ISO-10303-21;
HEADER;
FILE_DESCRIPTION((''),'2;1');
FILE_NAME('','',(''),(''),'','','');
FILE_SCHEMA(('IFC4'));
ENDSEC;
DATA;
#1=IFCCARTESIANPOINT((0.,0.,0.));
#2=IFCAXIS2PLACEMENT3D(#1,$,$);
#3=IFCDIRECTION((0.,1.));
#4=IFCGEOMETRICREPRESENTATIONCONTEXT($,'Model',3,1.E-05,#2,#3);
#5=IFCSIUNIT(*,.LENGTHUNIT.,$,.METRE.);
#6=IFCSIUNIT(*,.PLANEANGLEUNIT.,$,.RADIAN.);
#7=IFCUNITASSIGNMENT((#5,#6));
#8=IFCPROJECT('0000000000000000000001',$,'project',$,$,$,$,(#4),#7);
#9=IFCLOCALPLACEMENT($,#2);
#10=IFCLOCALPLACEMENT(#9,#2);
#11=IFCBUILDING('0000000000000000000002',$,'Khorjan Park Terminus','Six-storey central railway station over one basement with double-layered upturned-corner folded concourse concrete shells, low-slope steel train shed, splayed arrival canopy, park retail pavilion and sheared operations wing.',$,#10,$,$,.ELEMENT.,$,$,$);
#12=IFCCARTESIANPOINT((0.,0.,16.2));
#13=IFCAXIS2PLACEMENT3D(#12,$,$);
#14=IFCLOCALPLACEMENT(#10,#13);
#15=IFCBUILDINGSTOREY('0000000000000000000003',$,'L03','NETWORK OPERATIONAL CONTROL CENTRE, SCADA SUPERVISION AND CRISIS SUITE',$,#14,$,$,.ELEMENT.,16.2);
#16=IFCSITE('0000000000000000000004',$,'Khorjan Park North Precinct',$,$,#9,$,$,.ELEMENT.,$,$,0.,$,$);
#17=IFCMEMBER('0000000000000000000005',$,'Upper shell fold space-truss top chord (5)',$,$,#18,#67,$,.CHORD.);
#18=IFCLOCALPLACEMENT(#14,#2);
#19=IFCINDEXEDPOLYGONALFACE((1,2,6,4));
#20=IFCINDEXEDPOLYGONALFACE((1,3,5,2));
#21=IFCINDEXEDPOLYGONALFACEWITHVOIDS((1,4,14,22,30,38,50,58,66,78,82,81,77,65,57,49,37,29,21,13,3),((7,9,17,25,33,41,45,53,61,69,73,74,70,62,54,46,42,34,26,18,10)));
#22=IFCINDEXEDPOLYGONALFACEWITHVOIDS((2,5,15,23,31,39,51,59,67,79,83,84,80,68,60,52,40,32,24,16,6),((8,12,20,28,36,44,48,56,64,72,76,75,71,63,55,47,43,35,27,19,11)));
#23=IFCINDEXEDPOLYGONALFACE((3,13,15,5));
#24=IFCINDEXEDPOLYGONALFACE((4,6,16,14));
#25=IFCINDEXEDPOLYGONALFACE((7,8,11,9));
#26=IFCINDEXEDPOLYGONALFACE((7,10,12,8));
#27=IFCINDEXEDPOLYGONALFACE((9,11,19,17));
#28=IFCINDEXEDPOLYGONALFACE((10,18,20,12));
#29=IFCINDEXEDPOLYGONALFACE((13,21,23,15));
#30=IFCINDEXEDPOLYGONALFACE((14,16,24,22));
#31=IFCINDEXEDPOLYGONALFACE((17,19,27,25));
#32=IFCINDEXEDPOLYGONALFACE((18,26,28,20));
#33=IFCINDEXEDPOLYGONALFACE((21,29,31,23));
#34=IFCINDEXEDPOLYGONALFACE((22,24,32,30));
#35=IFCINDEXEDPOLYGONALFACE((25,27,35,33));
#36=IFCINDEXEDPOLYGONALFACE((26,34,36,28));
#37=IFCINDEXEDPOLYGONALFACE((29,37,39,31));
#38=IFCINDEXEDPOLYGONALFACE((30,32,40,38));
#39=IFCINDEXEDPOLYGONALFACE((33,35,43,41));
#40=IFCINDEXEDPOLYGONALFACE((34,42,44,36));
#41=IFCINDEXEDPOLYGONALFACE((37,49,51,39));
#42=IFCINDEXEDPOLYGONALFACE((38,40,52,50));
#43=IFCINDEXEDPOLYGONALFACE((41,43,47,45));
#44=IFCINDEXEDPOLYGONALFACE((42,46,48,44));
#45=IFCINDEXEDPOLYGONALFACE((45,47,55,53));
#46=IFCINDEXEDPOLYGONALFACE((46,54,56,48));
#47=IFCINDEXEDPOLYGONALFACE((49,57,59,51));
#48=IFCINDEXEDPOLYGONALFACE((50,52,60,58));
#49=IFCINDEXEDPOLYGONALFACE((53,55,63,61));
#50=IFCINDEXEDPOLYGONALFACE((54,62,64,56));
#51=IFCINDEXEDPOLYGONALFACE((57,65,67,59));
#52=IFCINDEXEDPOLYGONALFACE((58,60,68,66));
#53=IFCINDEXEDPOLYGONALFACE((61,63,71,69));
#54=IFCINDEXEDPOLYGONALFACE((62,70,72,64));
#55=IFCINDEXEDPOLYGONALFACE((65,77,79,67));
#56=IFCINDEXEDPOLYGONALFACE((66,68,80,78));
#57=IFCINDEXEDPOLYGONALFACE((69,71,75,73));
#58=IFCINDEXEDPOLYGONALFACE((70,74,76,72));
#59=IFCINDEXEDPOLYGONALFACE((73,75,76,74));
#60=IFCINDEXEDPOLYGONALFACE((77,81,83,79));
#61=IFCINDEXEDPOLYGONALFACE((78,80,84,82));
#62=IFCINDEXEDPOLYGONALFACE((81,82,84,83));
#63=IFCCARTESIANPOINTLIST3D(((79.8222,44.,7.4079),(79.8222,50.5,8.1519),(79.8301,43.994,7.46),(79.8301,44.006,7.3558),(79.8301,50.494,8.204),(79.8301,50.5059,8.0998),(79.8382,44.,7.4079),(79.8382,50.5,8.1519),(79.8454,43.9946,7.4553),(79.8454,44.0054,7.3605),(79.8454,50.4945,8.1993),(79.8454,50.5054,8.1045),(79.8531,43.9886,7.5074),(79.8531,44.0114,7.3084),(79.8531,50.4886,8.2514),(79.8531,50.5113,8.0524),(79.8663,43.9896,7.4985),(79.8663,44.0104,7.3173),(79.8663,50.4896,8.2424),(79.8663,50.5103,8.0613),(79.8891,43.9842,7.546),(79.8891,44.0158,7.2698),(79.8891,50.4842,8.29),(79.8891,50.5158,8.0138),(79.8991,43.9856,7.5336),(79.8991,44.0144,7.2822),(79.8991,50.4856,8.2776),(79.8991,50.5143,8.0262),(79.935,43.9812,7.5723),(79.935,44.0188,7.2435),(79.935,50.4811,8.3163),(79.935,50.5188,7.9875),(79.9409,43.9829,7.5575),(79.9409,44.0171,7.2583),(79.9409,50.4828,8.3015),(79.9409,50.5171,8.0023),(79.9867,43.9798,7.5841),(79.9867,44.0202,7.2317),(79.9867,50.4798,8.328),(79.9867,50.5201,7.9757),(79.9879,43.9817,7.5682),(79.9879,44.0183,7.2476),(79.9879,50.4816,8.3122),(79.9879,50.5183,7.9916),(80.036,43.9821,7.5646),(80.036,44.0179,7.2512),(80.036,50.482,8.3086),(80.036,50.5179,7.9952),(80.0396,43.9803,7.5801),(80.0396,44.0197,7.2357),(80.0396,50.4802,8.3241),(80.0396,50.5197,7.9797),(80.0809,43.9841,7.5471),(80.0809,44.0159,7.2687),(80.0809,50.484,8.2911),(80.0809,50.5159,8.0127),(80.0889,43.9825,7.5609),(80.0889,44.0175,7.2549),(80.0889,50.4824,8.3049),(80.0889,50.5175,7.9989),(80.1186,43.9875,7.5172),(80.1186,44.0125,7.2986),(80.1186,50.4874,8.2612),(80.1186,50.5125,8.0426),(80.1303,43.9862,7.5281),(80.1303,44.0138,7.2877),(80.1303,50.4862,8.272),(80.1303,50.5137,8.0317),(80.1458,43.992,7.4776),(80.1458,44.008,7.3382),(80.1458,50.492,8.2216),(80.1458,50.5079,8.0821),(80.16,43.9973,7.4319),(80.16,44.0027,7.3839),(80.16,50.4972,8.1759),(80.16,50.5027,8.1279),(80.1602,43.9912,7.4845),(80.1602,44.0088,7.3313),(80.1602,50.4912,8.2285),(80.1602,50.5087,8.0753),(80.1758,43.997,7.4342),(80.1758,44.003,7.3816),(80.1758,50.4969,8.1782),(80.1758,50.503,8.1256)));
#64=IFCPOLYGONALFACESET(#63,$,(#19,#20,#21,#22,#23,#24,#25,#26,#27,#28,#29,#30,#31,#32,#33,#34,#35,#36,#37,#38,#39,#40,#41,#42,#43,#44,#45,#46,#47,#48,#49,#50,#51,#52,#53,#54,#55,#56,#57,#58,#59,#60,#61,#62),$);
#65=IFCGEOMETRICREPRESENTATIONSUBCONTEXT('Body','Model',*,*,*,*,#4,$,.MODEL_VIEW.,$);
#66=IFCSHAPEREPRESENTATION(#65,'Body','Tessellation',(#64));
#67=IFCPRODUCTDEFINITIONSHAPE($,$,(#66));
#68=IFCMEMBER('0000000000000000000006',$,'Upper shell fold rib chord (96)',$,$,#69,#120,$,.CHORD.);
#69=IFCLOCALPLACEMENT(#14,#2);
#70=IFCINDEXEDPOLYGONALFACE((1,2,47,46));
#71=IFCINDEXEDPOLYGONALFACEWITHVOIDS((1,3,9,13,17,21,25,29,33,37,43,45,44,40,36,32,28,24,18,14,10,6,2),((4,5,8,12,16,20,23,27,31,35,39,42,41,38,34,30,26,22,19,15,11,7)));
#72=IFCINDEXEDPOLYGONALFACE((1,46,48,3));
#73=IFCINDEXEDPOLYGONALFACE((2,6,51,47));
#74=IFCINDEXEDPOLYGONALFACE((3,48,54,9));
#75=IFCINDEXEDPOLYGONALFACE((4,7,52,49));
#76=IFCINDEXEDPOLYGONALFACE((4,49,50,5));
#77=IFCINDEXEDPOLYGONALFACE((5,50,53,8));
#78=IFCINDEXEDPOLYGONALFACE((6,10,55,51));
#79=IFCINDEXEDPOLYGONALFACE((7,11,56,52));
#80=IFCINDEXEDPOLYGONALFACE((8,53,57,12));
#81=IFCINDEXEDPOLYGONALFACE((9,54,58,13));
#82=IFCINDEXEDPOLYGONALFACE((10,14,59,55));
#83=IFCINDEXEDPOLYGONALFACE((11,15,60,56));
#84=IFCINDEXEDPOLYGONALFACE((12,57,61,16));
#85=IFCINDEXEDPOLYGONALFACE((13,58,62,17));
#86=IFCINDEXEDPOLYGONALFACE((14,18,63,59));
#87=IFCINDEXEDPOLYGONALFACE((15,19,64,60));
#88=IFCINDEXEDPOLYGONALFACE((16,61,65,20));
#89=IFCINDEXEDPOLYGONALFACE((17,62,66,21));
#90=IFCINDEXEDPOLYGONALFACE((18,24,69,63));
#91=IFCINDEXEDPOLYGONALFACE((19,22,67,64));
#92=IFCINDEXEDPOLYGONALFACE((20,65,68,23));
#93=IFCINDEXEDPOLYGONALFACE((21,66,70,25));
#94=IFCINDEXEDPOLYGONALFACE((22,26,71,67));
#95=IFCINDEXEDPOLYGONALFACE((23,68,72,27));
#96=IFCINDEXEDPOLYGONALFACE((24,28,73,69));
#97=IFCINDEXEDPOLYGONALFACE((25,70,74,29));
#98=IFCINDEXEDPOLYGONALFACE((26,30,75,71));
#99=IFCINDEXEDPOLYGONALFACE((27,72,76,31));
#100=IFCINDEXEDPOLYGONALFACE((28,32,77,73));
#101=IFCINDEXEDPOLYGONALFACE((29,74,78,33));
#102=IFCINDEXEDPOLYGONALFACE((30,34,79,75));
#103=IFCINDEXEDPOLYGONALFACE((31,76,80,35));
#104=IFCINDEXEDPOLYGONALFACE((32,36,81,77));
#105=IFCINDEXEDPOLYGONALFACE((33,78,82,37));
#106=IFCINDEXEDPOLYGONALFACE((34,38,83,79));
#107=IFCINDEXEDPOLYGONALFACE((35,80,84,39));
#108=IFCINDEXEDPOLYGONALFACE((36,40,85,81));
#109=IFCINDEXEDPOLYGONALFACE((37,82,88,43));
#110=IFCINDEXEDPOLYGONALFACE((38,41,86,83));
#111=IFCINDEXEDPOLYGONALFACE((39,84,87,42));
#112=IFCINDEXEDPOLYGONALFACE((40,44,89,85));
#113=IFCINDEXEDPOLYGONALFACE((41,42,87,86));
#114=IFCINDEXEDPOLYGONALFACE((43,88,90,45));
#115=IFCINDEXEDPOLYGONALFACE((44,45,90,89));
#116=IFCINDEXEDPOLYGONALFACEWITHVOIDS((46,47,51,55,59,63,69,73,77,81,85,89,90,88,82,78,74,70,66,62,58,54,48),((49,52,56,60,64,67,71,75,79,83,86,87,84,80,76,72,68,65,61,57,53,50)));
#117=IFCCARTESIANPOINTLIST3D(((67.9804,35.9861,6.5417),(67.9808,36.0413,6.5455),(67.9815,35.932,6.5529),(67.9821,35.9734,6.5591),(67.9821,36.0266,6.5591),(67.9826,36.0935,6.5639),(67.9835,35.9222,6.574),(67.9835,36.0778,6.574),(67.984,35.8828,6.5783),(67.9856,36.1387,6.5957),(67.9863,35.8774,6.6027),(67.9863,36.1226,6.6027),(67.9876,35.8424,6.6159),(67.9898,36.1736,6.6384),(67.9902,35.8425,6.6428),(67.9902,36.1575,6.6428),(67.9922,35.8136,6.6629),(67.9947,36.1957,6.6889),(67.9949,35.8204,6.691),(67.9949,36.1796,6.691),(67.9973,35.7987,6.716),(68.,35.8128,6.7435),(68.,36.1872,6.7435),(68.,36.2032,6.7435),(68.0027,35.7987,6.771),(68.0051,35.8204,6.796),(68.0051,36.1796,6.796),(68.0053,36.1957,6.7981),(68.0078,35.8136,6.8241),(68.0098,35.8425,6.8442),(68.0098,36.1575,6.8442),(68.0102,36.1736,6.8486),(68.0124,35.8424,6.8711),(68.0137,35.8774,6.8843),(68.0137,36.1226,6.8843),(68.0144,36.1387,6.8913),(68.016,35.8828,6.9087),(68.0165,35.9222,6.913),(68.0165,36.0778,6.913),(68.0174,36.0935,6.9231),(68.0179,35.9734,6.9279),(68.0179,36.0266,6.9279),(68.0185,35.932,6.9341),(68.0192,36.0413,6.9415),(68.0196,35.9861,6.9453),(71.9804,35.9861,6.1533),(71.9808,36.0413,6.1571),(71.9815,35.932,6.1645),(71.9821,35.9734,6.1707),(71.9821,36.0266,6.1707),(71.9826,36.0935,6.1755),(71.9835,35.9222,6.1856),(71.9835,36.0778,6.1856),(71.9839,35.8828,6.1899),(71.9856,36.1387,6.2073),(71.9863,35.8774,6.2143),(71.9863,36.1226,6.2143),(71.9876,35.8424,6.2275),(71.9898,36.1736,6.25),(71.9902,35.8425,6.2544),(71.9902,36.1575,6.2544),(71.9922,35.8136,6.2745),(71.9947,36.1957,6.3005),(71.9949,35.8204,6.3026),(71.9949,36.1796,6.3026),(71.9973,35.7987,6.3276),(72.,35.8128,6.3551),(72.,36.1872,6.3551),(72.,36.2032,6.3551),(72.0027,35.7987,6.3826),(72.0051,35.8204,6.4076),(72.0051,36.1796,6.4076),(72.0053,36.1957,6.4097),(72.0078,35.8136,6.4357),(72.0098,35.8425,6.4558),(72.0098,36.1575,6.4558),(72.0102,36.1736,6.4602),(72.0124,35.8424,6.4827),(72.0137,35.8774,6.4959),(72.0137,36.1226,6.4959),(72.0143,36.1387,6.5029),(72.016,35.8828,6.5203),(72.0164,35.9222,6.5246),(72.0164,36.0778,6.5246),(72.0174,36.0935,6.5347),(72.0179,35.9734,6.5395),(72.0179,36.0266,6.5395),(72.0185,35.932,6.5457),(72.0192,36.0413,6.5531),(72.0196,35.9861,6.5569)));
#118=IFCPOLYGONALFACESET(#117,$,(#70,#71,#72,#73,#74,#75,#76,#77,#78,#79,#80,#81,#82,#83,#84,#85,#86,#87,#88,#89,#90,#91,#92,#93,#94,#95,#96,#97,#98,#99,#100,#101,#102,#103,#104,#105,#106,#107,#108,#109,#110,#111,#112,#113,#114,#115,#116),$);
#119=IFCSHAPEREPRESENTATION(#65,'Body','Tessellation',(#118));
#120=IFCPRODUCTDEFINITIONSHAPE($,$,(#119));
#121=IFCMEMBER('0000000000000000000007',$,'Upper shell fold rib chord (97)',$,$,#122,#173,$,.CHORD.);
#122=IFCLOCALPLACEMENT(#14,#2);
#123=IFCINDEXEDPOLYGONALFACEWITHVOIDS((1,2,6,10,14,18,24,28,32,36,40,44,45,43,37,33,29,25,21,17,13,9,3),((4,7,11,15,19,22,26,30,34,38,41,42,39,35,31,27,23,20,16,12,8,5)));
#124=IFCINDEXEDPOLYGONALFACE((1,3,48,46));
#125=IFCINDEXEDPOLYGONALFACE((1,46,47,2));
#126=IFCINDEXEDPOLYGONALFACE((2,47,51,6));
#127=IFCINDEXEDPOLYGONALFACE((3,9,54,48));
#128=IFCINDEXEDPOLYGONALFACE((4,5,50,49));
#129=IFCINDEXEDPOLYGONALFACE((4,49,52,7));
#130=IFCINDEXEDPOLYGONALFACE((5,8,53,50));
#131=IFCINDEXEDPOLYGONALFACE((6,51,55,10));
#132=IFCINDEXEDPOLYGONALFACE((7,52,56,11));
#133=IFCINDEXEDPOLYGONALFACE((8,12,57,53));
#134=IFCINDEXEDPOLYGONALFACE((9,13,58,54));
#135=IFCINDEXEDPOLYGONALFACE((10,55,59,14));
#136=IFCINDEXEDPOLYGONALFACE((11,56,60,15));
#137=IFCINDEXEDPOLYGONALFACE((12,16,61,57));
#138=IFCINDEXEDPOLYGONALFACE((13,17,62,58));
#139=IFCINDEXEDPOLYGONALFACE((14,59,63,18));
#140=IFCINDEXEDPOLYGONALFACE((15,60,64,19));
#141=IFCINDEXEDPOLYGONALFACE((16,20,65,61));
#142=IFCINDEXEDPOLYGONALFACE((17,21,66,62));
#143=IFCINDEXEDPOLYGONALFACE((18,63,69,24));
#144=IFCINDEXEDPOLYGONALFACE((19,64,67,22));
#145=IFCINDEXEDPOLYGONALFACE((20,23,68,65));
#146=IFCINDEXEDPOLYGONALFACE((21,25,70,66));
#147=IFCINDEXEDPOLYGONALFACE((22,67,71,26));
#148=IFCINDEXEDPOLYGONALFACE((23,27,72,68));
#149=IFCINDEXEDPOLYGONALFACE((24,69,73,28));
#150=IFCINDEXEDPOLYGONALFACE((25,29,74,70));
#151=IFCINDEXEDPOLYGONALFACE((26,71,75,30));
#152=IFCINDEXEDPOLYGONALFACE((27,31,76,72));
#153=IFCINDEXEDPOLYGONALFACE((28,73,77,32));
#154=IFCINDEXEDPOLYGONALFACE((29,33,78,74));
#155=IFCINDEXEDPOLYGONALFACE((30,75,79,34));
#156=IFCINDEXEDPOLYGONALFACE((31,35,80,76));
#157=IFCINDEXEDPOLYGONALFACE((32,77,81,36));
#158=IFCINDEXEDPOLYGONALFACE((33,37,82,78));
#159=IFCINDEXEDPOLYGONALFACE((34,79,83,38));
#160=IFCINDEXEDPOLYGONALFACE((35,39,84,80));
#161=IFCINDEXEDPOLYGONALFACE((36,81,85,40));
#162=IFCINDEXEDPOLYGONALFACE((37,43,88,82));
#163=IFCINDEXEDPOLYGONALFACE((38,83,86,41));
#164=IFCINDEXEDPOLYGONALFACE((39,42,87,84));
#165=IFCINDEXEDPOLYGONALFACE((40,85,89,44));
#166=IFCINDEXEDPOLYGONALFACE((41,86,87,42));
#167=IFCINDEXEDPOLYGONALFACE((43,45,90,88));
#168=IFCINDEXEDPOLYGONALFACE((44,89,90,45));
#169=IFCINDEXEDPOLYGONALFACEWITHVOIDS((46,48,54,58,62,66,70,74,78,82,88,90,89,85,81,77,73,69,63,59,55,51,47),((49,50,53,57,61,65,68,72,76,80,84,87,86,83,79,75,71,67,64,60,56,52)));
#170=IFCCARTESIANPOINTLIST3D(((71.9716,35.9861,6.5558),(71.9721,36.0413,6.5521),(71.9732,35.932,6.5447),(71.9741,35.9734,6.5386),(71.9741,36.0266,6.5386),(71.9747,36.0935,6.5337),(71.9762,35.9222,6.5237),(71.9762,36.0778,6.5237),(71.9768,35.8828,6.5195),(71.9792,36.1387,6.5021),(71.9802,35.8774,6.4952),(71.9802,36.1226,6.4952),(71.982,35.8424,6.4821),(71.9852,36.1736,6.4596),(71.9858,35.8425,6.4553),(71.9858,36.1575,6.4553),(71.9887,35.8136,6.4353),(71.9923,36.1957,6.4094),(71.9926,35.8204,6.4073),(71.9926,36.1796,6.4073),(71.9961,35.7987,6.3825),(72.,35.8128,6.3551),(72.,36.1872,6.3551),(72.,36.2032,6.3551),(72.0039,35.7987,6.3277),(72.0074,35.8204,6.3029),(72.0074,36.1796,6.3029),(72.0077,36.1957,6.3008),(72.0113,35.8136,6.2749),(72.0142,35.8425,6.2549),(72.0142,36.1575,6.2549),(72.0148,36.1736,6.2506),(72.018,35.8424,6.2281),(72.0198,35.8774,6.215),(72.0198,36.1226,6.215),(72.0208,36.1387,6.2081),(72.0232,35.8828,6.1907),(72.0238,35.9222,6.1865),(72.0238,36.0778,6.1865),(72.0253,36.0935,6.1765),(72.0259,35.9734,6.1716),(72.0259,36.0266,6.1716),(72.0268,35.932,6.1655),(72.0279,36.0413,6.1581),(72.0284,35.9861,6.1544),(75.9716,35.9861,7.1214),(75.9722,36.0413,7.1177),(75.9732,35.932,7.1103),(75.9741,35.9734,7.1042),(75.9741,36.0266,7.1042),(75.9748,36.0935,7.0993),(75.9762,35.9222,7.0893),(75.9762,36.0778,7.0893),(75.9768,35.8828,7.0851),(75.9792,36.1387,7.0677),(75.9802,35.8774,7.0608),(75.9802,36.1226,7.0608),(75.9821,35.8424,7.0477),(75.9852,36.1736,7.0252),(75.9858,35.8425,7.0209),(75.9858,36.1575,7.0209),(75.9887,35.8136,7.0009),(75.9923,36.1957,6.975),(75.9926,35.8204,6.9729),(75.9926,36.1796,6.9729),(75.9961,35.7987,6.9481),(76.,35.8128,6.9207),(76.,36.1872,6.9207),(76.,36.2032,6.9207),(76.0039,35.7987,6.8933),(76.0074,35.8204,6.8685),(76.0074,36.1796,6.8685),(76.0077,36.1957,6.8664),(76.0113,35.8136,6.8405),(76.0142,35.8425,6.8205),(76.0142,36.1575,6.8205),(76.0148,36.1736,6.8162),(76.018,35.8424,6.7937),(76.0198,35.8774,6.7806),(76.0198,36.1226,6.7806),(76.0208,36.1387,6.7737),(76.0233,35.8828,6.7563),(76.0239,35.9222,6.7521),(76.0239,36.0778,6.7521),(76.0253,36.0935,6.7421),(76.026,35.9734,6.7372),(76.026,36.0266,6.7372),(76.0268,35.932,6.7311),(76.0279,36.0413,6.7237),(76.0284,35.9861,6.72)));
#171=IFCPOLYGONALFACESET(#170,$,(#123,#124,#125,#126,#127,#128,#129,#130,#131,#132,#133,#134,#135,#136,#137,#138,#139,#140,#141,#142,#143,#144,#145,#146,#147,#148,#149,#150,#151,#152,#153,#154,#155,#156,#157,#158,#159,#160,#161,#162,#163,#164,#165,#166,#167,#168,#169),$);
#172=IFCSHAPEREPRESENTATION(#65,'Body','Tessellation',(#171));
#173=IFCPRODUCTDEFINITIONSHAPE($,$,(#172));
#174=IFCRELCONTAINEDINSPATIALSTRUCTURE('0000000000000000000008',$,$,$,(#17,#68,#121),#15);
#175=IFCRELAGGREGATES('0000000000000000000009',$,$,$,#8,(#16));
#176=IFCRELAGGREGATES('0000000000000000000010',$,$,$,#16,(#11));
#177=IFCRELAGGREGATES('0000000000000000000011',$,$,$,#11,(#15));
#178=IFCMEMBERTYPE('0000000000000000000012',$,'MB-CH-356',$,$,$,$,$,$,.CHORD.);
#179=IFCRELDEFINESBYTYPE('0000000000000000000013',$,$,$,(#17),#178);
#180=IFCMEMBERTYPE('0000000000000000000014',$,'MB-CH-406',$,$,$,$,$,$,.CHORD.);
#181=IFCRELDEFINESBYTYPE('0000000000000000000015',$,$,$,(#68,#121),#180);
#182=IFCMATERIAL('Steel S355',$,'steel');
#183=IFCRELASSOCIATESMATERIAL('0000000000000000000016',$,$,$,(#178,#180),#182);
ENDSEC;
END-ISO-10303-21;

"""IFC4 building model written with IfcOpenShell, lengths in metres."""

from ifc_helpers import new_model, si_unit, direction, frame, origin, origin_2d, place, context, subcontext, project, spatial, hollow_circle, extrude, material, material_profile, profile_set, type_object, element, save


model = new_model("IFC4")

# Units and contexts
model_context = context("Model", 3, precision=1e-05, world=origin(), true_north=direction((0.0, 1.0)))
body_context = subcontext(model_context, "Body", "Model", "MODEL_VIEW")
ifc_project = project(units=[si_unit("LENGTHUNIT", "METRE"), si_unit("PLANEANGLEUNIT", "RADIAN")], contexts=[model_context])

# Site, building, storey
site_placement = place(None, origin())
site = spatial("IfcSite", under=ifc_project, at=site_placement, Name="Khorjan Park North Precinct", CompositionType="ELEMENT", RefElevation=0.0)
building_placement = place(site_placement, origin())
building = spatial("IfcBuilding", under=site, at=building_placement, Name="Khorjan Park Terminus", Description="Six-storey central railway station over one basement with double-layered upturned-corner folded concourse concrete shells, low-slope steel train shed, splayed arrival canopy, park retail pavilion and sheared operations wing.", CompositionType="ELEMENT")
storey_placement = place(building_placement, frame((0.0, 0.0, 16.2)))
storey = spatial("IfcBuildingStorey", under=building, at=storey_placement, Name="L03", Description="NETWORK OPERATIONAL CONTROL CENTRE, SCADA SUPERVISION AND CRISIS SUITE", CompositionType="ELEMENT", Elevation=16.2)

# Members
ifc_material = material(Name="Steel S355", Category="steel")
ifc_material_profile_1 = material_profile(ifc_material, hollow_circle(Radius=0.1778, WallThickness=0.016, at=origin_2d()), Name="CHS 355.6x16")
ifc_profile_set_1 = profile_set([ifc_material_profile_1], Name="Steel S355")
member_type_1 = type_object("IfcMemberType", Name="MB-CH-356", PredefinedType="CHORD", material=ifc_profile_set_1)
member_1_placement = place(storey_placement, frame((80.0, 44.0, 7.4079), z_axis=(0.0, 0.993513, 0.113719), x_axis=(-1.0, 0.0, 0.0)))
element("IfcMember", 1, at=member_1_placement, inside=storey, type_object=member_type_1, Name="Upper shell fold space-truss top chord (5)", PredefinedType="CHORD", context=body_context, shape_type="SweptSolid", body=[
    extrude(hollow_circle(Radius=0.1778, WallThickness=0.016, at=origin_2d()), origin(), (0.0, 0.0, 1.0), 6.5424),
])
ifc_material_profile_2 = material_profile(ifc_material, hollow_circle(Radius=0.2032, WallThickness=0.016, at=origin_2d()), Name="CHS 406.4x16")
ifc_profile_set_2 = profile_set([ifc_material_profile_2], Name="Steel S355")
member_type_2 = type_object("IfcMemberType", Name="MB-CH-406", PredefinedType="CHORD", material=ifc_profile_set_2)
member_2_placement = place(storey_placement, frame((68.0, 36.0, 6.7435), z_axis=(0.995319, 0.0, -0.096645), x_axis=(0.0, 1.0, 0.0)))
element("IfcMember", 2, at=member_2_placement, inside=storey, type_object=member_type_2, Name="Upper shell fold rib chord (96)", PredefinedType="CHORD", context=body_context, shape_type="SweptSolid", body=[
    extrude(hollow_circle(Radius=0.2032, WallThickness=0.016, at=origin_2d()), origin(), (0.0, 0.0, 1.0), 4.0188),
])
member_3_placement = place(storey_placement, frame((72.0, 36.0, 6.3551), z_axis=(0.99015, 0.0, 0.140007), x_axis=(0.0, 1.0, 0.0)))
element("IfcMember", 3, at=member_3_placement, inside=storey, type_object=member_type_2, Name="Upper shell fold rib chord (97)", PredefinedType="CHORD", context=body_context, shape_type="SweptSolid", body=[
    extrude(hollow_circle(Radius=0.2032, WallThickness=0.016, at=origin_2d()), origin(), (0.0, 0.0, 1.0), 4.0398),
])

save(model, "model.ifc")
